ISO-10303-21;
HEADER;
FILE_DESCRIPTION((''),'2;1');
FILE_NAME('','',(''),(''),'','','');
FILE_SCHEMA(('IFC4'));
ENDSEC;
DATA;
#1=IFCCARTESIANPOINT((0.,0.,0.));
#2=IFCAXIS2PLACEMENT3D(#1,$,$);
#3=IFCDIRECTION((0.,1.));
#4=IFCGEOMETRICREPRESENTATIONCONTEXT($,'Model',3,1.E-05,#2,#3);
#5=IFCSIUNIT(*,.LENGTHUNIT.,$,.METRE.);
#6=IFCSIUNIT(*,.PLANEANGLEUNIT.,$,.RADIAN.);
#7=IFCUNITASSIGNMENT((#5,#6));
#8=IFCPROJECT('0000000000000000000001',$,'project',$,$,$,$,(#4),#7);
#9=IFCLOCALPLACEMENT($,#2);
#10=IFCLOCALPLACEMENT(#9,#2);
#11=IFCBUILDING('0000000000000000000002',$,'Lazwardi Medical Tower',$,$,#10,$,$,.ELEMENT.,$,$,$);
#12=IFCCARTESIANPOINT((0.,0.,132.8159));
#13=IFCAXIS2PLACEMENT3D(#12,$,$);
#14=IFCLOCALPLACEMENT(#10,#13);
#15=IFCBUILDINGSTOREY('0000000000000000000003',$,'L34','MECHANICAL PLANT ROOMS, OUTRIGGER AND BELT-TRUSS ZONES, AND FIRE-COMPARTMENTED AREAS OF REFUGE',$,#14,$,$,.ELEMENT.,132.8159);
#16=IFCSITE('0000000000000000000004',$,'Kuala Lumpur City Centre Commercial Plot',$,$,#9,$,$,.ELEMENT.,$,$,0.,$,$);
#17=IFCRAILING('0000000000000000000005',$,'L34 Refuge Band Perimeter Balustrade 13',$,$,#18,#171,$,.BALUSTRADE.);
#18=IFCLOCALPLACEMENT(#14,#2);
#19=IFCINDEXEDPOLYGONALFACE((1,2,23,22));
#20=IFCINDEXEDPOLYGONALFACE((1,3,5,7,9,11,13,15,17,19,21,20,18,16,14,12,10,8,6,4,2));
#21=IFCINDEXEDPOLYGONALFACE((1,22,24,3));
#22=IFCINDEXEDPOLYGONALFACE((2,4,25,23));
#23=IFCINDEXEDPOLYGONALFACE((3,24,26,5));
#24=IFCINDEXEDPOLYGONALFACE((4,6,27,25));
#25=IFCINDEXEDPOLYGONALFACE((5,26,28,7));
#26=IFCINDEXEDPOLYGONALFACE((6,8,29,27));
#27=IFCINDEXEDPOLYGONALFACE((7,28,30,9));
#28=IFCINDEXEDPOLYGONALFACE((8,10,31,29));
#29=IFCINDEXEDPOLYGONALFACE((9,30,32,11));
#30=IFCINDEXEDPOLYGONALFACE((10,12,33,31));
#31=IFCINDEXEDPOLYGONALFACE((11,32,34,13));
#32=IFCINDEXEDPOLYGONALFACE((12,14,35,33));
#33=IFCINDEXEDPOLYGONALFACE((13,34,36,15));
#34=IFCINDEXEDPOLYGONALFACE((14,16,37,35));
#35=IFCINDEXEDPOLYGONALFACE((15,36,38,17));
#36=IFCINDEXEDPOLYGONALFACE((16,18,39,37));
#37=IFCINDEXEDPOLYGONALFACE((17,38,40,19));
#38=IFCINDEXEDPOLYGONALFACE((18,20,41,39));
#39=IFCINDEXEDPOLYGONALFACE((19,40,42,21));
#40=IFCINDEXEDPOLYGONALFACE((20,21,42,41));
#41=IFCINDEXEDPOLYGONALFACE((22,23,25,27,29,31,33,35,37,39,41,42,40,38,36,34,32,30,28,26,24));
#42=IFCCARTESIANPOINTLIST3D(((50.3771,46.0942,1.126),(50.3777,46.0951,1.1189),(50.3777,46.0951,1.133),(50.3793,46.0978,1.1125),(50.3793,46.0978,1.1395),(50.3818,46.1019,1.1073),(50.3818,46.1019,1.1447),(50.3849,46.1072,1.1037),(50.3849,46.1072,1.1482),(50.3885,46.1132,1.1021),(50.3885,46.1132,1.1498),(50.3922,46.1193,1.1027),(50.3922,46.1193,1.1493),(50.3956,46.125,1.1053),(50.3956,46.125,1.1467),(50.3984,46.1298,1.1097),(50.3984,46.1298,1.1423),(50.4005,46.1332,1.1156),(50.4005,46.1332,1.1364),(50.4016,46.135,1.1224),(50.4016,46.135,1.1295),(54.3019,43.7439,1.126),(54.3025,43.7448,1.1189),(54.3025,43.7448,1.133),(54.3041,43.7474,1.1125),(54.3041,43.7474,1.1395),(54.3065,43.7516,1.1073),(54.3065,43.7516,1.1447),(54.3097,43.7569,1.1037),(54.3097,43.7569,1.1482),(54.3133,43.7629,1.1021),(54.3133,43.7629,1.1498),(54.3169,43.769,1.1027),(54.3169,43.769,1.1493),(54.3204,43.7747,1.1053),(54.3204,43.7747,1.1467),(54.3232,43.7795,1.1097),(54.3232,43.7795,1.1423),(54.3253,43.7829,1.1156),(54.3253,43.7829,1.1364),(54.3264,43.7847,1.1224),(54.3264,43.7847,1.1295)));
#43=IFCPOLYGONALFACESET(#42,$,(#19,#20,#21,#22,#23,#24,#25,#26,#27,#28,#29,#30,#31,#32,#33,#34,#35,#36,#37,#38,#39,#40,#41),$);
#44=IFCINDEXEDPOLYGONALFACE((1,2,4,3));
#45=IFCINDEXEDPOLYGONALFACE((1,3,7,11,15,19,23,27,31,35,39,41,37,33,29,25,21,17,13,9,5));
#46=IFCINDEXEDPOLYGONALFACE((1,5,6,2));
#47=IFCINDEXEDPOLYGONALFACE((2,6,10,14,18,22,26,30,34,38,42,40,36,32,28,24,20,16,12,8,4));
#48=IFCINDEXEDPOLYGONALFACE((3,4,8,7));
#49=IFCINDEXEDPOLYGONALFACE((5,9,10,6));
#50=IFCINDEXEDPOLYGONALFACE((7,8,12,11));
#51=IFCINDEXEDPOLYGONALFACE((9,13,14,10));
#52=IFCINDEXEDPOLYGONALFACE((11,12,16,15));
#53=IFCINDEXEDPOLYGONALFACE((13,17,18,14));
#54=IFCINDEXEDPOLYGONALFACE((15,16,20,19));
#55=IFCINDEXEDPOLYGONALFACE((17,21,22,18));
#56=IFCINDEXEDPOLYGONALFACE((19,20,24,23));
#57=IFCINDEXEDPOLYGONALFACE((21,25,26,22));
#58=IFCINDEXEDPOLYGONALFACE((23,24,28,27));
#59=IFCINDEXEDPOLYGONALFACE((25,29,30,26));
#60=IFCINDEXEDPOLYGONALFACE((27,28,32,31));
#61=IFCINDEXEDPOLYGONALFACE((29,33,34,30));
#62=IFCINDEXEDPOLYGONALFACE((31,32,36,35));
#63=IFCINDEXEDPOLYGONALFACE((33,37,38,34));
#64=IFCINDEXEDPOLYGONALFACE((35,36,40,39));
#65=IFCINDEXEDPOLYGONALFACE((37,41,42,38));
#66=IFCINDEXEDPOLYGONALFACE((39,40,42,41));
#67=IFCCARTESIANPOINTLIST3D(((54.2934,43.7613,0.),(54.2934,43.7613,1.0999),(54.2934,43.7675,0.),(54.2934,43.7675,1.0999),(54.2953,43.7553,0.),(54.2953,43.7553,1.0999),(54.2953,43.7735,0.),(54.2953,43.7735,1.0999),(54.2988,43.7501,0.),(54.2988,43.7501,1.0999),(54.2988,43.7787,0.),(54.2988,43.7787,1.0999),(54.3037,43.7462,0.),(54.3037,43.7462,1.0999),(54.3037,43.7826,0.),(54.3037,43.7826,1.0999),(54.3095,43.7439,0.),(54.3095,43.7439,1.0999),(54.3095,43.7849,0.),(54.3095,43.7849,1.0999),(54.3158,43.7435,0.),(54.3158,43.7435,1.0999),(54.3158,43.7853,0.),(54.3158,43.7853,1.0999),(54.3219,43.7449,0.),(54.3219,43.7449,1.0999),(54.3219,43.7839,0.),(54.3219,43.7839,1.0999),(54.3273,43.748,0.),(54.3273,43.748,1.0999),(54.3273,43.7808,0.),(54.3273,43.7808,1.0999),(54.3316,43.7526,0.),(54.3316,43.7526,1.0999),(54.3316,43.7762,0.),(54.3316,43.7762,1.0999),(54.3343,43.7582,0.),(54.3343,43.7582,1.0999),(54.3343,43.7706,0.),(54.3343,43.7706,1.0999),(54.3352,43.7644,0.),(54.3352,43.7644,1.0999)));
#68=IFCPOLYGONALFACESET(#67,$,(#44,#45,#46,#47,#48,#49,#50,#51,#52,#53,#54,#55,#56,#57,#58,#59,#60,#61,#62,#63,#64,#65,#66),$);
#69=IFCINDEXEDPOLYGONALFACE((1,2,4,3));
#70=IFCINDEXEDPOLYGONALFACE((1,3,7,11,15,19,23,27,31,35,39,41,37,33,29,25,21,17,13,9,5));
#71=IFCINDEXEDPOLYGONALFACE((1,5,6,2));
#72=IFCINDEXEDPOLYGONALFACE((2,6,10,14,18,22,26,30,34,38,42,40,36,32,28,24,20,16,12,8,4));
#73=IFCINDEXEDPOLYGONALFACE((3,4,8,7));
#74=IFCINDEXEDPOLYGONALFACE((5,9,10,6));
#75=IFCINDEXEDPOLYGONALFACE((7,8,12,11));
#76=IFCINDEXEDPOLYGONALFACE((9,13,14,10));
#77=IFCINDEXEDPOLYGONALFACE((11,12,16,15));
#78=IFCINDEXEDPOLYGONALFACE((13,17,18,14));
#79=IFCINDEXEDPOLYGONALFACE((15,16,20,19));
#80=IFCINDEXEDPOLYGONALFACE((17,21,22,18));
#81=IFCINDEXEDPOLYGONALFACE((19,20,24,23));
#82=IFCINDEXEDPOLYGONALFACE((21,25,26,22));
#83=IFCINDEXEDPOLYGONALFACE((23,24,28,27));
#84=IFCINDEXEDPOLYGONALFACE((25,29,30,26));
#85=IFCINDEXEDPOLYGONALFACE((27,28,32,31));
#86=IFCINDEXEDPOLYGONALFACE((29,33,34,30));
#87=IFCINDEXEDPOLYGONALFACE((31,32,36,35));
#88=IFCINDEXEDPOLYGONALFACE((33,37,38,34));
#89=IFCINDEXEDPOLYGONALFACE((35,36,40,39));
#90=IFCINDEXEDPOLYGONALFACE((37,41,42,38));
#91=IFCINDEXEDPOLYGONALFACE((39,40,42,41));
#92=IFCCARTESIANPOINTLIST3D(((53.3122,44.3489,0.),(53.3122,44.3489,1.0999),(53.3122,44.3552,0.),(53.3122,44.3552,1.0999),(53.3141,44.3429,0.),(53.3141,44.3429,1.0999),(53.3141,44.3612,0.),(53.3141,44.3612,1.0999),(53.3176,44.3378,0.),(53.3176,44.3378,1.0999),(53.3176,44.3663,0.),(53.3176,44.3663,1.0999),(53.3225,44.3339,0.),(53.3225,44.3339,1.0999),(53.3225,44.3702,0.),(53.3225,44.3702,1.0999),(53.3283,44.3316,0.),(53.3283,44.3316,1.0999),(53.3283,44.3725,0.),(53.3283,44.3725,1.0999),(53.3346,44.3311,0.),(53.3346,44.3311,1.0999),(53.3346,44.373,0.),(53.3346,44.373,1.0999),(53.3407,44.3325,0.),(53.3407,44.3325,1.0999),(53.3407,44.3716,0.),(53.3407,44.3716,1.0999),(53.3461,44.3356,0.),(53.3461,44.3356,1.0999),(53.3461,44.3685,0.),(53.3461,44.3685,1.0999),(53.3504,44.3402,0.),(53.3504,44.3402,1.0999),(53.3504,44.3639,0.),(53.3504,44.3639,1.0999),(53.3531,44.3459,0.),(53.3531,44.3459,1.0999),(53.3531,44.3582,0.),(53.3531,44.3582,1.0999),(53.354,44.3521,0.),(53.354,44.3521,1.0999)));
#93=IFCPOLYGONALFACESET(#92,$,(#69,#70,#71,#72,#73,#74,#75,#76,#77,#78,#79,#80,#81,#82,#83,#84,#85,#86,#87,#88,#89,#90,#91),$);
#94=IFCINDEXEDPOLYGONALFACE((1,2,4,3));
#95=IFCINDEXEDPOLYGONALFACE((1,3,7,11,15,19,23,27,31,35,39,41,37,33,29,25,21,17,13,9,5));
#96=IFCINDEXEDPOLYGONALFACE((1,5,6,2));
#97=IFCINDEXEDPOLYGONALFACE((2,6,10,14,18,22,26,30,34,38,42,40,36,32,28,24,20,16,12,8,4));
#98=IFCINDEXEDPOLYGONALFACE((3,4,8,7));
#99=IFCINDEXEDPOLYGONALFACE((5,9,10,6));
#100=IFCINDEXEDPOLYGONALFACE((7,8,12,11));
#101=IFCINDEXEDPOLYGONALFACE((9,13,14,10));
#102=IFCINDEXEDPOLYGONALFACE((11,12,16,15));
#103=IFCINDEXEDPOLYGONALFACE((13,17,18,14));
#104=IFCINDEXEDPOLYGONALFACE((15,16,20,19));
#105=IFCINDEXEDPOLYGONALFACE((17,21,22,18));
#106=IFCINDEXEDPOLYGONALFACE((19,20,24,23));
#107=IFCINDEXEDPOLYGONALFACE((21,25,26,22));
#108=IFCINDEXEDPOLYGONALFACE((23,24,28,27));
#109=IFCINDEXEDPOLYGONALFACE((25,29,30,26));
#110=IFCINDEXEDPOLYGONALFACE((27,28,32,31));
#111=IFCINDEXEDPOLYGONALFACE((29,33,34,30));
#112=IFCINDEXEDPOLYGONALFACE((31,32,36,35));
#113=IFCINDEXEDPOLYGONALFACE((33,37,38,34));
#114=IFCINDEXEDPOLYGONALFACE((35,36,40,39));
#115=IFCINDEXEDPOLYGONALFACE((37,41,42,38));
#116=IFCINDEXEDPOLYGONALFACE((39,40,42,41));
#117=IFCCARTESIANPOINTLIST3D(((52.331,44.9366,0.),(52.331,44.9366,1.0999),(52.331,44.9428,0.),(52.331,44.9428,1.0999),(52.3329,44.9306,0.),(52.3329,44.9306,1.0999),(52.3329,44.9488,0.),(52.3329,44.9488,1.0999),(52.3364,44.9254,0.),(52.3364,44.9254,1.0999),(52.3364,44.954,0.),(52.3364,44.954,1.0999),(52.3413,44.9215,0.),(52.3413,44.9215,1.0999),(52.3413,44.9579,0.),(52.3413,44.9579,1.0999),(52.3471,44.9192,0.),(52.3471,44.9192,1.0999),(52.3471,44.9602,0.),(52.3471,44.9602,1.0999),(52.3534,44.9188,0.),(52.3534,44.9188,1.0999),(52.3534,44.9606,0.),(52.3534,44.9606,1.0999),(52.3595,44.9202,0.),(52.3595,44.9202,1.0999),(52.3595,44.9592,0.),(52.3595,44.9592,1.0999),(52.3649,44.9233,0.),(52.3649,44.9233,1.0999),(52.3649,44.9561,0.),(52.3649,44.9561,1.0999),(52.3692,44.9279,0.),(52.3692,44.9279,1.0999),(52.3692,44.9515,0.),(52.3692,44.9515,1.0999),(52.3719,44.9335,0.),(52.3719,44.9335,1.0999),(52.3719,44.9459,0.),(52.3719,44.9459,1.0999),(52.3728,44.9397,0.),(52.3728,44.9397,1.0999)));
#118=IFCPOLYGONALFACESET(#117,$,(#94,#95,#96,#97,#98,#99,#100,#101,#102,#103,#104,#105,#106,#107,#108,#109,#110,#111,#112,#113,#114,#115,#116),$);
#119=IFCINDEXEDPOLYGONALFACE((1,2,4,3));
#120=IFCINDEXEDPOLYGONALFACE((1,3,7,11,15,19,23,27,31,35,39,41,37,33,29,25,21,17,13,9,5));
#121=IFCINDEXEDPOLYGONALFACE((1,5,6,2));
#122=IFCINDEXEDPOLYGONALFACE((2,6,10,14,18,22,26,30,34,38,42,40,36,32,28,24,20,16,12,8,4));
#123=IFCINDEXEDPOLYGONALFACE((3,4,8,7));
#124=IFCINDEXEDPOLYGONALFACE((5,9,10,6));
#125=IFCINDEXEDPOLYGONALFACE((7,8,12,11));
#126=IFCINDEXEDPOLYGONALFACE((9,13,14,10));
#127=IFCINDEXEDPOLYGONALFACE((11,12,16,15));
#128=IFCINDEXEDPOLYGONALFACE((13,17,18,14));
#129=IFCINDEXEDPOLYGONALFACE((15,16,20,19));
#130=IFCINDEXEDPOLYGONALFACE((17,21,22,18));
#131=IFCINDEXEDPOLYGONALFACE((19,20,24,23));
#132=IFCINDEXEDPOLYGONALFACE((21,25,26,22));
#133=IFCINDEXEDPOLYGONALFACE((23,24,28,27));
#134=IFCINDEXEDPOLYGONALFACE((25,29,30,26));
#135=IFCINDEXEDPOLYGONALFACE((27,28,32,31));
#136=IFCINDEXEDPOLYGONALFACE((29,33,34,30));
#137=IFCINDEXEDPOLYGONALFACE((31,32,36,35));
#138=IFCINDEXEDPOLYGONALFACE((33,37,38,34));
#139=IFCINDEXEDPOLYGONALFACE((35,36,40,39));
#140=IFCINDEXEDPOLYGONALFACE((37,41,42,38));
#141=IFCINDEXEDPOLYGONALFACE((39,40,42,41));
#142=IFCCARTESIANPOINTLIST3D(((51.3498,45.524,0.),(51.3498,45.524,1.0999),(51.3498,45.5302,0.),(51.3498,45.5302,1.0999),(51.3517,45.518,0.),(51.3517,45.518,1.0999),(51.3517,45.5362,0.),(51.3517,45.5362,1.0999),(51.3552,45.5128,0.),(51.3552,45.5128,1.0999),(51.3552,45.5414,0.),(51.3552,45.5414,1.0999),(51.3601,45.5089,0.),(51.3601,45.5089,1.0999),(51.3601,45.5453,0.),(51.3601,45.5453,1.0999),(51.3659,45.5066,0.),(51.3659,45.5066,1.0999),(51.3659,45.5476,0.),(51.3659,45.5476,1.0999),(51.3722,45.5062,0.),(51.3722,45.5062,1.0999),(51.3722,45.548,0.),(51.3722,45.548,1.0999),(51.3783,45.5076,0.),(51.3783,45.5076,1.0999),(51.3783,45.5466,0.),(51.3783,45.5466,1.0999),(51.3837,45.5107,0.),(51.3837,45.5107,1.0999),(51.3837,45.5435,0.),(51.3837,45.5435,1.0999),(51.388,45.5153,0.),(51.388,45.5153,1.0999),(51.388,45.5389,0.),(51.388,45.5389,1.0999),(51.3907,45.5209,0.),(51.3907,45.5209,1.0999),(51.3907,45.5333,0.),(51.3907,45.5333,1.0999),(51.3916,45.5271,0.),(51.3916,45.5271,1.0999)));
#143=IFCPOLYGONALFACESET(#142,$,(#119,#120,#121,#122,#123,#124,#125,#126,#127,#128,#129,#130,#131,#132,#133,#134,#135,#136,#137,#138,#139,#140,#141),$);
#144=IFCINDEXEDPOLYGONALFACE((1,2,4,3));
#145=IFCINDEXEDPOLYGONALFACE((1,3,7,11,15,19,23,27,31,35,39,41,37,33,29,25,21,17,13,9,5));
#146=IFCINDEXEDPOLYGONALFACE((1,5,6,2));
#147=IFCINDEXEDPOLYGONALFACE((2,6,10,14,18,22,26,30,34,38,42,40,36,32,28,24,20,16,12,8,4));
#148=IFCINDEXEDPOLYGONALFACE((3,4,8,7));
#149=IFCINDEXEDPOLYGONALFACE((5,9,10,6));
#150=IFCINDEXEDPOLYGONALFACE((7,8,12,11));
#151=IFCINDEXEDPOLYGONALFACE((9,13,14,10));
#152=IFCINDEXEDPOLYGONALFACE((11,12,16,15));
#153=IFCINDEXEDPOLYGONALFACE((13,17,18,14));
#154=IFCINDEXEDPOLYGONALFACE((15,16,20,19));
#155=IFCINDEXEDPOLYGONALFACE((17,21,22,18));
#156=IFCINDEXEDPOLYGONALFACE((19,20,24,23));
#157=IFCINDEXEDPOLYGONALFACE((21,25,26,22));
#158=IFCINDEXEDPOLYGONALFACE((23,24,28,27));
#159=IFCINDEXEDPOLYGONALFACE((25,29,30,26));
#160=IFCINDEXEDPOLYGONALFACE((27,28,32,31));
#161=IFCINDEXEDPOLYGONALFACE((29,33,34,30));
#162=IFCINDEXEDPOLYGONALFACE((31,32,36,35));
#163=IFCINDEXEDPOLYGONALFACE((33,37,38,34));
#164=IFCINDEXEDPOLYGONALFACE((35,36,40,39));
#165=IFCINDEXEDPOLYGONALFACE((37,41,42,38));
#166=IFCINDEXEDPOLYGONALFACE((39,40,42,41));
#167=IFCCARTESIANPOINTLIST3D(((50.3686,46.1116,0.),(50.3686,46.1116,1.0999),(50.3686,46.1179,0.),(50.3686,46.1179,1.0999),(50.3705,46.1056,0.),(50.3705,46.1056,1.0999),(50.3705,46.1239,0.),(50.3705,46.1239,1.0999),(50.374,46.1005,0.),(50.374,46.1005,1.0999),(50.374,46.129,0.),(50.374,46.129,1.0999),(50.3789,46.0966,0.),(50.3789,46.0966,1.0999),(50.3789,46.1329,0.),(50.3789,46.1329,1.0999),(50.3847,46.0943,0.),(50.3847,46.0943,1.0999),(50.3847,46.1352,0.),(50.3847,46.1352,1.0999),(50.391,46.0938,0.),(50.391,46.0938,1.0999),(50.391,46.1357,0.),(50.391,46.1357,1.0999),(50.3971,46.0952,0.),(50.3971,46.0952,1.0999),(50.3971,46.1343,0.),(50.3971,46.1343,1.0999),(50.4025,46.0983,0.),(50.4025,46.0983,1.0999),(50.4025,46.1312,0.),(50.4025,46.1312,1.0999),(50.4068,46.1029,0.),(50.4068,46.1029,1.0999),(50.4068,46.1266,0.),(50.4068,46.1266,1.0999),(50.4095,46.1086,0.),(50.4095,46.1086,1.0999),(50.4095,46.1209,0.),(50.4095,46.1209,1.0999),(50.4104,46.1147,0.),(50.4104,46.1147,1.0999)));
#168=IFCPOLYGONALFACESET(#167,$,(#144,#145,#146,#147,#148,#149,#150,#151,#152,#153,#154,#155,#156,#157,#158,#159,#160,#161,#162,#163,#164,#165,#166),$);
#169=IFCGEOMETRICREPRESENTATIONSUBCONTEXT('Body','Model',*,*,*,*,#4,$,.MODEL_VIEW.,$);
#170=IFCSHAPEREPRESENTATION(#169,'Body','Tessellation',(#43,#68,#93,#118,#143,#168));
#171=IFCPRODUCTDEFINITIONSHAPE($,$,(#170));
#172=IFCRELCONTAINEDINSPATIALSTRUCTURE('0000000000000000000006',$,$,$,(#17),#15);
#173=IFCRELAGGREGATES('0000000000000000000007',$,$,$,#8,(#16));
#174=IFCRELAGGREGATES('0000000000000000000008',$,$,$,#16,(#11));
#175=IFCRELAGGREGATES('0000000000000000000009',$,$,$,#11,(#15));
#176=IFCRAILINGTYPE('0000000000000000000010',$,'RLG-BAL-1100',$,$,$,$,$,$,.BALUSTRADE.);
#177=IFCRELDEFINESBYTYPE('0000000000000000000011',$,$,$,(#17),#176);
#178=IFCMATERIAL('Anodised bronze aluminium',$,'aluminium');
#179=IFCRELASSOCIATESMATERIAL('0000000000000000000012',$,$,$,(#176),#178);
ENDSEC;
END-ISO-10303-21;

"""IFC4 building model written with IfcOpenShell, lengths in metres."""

from ifc_helpers import new_model, si_unit, direction, frame, origin, origin_2d, place, context, subcontext, project, spatial, circle, extrude, material, type_object, element, save


model = new_model("IFC4")

# Units and contexts
model_context = context("Model", 3, precision=1e-05, world=origin(), true_north=direction((0.0, 1.0)))
body_context = subcontext(model_context, "Body", "Model", "MODEL_VIEW")
ifc_project = project(units=[si_unit("LENGTHUNIT", "METRE"), si_unit("PLANEANGLEUNIT", "RADIAN")], contexts=[model_context])

# Site, building, storey
site_placement = place(None, origin())
site = spatial("IfcSite", under=ifc_project, at=site_placement, Name="Kuala Lumpur City Centre Commercial Plot", CompositionType="ELEMENT", RefElevation=0.0)
building_placement = place(site_placement, origin())
building = spatial("IfcBuilding", under=site, at=building_placement, Name="Lazwardi Medical Tower", CompositionType="ELEMENT")
storey_placement = place(building_placement, frame((0.0, 0.0, 132.8159)))
storey = spatial("IfcBuildingStorey", under=building, at=storey_placement, Name="L34", Description="MECHANICAL PLANT ROOMS, OUTRIGGER AND BELT-TRUSS ZONES, AND FIRE-COMPARTMENTED AREAS OF REFUGE", CompositionType="ELEMENT", Elevation=132.8159)

# Railing
ifc_material_1 = material(Name="Anodised bronze aluminium", Category="aluminium")
railing_type = type_object("IfcRailingType", Name="RLG-BAL-1100", PredefinedType="BALUSTRADE", material=ifc_material_1)
railing_1_placement = place(storey_placement, frame((54.3142, 43.7644, 0.0)))
element("IfcRailing", 1, at=railing_1_placement, inside=storey, type_object=railing_type, Name="L34 Refuge Band Perimeter Balustrade 13", PredefinedType="BALUSTRADE", context=body_context, shape_type="SweptSolid", body=[
    extrude(circle(Radius=0.0239, at=origin_2d()), frame((0.0, 0.0, 1.126), z_axis=(-0.857931, 0.513766, 0.0), x_axis=(-0.513766, -0.857931, 0.0)), (0.0, 0.0, 1.0), 4.5747),
    extrude(circle(Radius=0.021, at=origin_2d()), origin(), (0.0, 0.0, 1.0), 1.0999),
    extrude(circle(Radius=0.021, at=origin_2d()), frame((-0.9812, 0.5876, 0.0)), (0.0, 0.0, 1.0), 1.0999),
    extrude(circle(Radius=0.021, at=origin_2d()), frame((-1.9624, 1.1753, 0.0)), (0.0, 0.0, 1.0), 1.0999),
    extrude(circle(Radius=0.021, at=origin_2d()), frame((-2.9436, 1.7627, 0.0)), (0.0, 0.0, 1.0), 1.0999),
    extrude(circle(Radius=0.021, at=origin_2d()), frame((-3.9248, 2.3503, 0.0)), (0.0, 0.0, 1.0), 1.0999),
])

save(model, "model.ifc")
